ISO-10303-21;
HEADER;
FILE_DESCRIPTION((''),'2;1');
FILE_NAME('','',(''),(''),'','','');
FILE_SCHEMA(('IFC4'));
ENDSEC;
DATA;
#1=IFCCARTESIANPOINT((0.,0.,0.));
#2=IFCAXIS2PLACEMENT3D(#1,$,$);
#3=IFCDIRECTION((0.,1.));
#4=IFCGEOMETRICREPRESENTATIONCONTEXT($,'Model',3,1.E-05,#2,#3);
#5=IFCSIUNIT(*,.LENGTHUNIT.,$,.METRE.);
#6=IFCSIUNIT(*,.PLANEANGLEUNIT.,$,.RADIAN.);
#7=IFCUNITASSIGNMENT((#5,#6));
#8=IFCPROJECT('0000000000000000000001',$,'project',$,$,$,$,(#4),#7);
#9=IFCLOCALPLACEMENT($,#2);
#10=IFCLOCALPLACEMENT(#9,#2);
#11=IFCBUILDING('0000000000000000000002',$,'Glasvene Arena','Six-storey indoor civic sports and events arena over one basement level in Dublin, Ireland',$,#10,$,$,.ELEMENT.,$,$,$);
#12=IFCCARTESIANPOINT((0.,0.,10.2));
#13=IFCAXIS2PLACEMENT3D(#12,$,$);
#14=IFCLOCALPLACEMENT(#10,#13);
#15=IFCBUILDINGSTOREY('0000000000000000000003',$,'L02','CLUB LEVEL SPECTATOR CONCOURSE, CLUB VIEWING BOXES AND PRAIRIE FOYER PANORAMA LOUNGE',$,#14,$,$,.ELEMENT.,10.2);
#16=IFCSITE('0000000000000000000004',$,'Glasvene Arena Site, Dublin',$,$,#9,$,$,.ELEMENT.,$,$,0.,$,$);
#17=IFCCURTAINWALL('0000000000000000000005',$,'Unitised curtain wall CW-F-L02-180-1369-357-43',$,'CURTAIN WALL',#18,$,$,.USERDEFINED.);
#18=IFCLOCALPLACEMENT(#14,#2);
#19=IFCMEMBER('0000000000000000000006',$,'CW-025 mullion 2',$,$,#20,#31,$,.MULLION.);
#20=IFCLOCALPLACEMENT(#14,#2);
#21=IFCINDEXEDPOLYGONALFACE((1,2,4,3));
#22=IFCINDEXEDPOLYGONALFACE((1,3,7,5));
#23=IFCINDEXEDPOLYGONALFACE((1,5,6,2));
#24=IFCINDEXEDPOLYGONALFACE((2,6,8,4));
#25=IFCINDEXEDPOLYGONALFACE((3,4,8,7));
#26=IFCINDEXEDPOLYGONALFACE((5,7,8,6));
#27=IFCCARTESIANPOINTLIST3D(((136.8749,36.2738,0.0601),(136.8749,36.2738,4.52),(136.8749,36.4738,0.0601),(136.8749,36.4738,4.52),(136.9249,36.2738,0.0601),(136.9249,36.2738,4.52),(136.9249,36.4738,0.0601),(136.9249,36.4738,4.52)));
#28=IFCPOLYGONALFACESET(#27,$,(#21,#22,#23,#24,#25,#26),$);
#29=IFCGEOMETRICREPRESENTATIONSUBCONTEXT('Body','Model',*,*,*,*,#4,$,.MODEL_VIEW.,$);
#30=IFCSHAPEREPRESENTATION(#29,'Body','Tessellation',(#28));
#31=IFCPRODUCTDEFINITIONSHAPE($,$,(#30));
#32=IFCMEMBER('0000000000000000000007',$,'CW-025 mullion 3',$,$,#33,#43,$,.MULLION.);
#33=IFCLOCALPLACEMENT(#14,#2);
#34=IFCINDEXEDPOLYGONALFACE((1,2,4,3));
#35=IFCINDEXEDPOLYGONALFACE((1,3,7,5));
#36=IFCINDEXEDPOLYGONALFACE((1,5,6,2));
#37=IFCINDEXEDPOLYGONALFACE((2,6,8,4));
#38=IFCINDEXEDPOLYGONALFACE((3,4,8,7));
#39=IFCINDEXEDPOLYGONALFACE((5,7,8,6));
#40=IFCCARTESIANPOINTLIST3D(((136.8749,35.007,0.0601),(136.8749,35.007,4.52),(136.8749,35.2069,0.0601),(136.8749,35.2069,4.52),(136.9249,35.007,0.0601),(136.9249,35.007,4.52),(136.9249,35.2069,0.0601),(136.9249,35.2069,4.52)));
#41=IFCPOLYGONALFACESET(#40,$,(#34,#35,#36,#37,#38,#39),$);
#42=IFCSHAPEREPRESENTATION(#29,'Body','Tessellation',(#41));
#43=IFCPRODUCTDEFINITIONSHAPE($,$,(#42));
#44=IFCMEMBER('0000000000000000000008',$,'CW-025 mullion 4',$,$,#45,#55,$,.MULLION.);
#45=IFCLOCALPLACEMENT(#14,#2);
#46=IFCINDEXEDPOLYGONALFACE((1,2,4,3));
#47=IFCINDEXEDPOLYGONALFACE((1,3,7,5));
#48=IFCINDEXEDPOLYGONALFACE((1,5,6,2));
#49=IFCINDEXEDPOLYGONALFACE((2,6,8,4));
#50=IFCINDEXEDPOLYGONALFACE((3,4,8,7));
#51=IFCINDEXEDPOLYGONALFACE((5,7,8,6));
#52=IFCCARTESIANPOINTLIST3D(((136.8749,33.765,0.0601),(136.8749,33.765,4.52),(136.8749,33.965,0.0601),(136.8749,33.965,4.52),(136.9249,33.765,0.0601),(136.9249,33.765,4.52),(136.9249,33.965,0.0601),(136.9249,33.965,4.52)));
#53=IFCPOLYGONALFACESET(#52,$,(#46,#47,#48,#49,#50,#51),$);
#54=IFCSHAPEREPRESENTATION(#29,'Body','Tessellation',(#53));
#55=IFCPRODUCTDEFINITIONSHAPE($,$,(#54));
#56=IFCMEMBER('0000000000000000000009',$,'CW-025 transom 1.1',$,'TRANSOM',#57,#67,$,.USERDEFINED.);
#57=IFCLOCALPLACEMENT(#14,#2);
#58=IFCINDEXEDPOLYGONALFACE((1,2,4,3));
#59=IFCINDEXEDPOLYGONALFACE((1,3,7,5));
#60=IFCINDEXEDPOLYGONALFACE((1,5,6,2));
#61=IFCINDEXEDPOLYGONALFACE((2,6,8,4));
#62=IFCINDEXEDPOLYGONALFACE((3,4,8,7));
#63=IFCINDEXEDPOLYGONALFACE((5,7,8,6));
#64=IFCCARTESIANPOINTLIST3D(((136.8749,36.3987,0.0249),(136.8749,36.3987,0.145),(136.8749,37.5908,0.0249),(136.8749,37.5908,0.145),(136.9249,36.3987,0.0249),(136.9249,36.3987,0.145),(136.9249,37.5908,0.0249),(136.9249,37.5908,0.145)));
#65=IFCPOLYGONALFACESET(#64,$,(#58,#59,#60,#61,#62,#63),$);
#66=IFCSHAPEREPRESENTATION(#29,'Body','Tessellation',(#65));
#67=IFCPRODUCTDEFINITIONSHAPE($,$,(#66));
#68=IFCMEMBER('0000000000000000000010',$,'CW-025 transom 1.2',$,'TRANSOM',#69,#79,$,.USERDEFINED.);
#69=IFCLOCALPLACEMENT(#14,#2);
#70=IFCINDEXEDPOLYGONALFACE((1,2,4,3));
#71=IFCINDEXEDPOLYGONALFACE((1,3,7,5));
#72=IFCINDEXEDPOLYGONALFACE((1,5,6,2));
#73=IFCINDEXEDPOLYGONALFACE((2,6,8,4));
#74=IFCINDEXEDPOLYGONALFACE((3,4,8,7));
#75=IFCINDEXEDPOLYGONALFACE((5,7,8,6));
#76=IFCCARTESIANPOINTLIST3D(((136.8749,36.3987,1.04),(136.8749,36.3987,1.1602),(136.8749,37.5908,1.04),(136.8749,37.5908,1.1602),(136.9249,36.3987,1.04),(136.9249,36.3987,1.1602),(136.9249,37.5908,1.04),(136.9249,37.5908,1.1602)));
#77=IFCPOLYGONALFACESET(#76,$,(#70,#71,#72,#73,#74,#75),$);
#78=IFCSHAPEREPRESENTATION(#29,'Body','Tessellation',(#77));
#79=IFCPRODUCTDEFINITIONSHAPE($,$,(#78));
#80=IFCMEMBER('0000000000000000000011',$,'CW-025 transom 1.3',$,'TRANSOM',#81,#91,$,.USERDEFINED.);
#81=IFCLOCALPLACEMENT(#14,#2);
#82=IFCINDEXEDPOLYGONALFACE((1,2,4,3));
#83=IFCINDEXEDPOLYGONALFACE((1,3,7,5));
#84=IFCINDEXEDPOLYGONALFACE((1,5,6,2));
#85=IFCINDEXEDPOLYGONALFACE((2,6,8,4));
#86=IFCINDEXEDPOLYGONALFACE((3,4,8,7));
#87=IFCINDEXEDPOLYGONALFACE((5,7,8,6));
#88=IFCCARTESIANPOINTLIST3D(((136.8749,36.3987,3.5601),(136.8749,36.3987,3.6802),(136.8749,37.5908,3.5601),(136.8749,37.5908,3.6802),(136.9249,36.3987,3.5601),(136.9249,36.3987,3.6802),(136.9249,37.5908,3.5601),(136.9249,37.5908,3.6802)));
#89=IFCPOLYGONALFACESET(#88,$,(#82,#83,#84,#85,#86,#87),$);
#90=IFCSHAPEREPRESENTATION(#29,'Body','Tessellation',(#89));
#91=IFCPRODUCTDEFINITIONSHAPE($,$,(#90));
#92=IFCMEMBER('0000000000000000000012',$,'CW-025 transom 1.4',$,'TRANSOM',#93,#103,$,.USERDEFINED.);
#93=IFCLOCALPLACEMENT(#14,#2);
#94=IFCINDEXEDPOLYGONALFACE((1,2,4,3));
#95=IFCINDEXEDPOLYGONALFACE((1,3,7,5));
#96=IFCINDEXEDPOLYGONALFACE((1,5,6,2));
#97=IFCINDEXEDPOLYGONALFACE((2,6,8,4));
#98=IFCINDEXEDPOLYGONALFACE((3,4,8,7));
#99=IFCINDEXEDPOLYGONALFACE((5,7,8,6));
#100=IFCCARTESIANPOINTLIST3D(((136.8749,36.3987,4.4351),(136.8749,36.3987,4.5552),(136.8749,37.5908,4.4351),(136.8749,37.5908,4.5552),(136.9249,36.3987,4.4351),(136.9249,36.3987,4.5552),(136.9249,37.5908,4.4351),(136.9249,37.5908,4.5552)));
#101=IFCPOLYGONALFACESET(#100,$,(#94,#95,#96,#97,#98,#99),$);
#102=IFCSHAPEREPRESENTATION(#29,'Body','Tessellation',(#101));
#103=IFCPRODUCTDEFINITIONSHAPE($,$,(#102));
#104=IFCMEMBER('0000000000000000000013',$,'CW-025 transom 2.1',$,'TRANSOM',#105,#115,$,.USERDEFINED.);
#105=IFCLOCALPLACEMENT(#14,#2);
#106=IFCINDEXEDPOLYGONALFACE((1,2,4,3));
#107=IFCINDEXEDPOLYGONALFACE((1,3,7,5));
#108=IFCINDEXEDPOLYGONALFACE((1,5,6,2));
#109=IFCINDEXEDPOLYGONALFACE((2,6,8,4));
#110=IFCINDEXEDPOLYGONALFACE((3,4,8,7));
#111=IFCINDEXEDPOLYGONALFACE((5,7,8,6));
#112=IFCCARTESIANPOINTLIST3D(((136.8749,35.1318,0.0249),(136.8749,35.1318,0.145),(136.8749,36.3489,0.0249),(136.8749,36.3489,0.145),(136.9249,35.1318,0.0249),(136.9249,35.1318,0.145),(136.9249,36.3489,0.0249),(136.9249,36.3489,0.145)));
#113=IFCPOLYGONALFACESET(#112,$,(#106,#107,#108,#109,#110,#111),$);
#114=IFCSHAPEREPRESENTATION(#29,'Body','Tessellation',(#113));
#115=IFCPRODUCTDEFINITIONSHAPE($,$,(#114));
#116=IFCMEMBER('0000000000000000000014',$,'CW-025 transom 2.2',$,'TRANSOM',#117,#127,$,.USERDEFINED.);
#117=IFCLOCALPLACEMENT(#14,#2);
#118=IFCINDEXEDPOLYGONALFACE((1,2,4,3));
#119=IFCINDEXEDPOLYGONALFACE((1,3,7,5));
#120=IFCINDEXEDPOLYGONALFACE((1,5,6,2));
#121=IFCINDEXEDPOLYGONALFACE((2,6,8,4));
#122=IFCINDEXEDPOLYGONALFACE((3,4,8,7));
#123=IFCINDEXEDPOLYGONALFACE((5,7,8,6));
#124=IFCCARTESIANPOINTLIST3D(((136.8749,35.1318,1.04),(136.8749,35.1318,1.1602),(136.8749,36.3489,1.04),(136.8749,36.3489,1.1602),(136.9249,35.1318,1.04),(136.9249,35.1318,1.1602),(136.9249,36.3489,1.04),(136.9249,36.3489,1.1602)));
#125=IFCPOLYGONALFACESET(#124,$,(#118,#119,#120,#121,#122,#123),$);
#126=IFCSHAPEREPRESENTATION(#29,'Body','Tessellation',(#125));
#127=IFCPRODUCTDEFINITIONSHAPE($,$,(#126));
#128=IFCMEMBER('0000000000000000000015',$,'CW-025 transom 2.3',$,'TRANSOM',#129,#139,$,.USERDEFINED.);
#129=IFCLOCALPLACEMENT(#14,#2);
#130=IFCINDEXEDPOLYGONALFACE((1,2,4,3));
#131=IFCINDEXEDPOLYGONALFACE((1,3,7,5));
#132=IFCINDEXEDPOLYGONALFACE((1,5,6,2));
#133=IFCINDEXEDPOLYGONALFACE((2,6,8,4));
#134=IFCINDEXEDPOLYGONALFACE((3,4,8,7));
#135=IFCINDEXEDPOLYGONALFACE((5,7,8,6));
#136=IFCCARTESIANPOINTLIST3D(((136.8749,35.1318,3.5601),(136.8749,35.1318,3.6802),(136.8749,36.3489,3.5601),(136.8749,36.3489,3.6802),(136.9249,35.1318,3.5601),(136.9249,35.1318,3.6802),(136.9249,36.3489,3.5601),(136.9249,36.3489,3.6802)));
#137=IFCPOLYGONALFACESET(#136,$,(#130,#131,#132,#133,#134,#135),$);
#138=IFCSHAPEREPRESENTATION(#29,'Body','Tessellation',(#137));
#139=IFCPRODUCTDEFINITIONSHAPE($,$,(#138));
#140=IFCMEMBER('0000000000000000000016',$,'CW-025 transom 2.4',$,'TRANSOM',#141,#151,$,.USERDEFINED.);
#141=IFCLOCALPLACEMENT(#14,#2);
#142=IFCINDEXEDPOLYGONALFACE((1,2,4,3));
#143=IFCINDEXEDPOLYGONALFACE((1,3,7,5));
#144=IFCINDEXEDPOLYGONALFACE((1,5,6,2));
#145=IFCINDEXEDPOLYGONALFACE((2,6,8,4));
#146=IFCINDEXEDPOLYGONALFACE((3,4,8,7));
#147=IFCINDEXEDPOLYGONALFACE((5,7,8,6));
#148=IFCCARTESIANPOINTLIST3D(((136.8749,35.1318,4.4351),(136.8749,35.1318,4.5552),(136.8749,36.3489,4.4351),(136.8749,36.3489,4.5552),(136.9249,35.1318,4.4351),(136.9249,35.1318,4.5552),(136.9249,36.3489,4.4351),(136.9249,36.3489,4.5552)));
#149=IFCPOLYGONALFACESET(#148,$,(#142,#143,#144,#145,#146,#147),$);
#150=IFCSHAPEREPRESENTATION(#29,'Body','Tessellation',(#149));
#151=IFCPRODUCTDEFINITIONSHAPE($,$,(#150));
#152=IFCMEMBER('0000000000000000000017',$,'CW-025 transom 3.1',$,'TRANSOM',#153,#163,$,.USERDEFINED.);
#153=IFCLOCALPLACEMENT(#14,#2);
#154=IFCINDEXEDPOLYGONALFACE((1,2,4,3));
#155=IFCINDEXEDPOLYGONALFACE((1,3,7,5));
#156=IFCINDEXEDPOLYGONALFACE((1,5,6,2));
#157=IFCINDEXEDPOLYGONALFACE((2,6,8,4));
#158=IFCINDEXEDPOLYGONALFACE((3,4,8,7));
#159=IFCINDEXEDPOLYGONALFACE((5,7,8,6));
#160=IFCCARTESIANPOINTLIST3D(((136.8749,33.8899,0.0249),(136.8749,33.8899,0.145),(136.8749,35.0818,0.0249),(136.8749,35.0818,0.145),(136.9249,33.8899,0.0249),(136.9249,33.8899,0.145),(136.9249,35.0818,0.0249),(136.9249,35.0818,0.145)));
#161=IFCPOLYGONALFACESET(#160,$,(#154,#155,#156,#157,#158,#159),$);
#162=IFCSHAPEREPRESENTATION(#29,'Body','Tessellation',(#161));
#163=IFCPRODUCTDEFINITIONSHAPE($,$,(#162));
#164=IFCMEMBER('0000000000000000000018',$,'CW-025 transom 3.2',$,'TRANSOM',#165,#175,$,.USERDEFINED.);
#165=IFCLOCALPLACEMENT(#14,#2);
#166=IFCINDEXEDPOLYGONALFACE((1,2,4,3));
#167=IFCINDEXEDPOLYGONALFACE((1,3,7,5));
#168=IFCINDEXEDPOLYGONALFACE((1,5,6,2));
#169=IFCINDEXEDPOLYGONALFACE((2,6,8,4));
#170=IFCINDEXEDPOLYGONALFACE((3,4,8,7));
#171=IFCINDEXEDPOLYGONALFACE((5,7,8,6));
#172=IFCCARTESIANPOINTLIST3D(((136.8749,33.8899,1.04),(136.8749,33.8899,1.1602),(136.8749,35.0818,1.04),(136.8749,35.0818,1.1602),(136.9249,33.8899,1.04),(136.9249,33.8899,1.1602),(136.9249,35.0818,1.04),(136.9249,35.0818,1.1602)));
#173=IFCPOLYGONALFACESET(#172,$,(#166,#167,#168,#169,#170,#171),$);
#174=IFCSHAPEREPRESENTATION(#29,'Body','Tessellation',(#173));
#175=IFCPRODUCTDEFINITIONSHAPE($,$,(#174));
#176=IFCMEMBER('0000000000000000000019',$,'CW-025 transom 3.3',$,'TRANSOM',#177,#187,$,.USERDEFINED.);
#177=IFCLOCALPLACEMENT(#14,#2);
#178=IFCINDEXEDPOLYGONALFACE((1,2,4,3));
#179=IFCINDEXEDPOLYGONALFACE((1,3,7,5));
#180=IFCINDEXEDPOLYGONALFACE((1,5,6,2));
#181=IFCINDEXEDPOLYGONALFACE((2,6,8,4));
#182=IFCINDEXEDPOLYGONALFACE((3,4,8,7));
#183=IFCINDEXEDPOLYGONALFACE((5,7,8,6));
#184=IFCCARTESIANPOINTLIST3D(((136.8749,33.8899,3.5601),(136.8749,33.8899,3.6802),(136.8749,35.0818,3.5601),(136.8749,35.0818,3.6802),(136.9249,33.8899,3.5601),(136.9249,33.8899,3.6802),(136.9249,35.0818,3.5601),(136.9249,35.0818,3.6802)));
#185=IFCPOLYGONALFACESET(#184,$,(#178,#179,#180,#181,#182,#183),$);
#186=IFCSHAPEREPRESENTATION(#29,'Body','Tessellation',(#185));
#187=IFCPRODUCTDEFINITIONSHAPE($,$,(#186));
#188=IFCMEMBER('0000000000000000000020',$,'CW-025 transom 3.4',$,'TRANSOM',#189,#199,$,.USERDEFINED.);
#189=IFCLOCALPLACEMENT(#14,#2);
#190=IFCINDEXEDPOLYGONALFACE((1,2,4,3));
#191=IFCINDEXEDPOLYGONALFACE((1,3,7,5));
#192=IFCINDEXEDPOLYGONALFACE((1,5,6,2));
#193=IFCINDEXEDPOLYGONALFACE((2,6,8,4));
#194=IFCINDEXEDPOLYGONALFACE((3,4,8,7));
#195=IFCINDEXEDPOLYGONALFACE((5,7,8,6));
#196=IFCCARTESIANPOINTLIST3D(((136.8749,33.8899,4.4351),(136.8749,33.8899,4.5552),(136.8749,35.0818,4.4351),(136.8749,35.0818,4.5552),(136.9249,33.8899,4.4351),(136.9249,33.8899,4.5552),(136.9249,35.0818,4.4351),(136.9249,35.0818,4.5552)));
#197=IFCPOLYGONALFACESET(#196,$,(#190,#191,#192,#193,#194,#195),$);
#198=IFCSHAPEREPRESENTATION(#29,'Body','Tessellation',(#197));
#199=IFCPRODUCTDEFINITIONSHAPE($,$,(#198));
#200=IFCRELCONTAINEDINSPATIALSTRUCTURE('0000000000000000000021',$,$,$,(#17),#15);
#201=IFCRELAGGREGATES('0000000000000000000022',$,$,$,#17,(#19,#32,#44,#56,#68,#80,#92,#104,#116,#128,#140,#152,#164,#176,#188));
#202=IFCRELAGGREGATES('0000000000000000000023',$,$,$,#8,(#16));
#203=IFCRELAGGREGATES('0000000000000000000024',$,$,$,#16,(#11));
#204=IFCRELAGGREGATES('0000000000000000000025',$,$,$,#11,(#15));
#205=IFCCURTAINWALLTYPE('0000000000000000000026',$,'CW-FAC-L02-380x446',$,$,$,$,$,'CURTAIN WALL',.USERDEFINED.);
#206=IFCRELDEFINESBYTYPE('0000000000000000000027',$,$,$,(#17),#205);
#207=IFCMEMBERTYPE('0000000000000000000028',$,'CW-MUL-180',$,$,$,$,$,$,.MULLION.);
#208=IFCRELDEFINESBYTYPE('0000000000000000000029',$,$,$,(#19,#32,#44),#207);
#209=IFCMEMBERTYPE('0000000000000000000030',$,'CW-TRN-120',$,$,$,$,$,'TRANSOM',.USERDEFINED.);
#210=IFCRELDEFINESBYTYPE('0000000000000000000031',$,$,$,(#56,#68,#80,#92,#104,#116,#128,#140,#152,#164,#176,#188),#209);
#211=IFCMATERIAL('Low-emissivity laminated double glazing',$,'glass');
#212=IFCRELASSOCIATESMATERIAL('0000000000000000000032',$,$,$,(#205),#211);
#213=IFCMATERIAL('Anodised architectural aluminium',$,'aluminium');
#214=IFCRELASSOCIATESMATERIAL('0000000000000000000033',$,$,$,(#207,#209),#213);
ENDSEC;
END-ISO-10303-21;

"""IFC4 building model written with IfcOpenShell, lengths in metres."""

from ifc_helpers import new_model, si_unit, direction, frame, origin, origin_2d, place, context, subcontext, project, spatial, rectangle, extrude, material, material_profile, profile_set, type_object, element, aggregate, save


model = new_model("IFC4")

# Units and contexts
model_context = context("Model", 3, precision=1e-05, world=origin(), true_north=direction((0.0, 1.0)))
body_context = subcontext(model_context, "Body", "Model", "MODEL_VIEW")
ifc_project = project(units=[si_unit("LENGTHUNIT", "METRE"), si_unit("PLANEANGLEUNIT", "RADIAN")], contexts=[model_context])

# Site, building, storey
site_placement = place(None, origin())
site = spatial("IfcSite", under=ifc_project, at=site_placement, Name="Glasvene Arena Site, Dublin", CompositionType="ELEMENT", RefElevation=0.0)
building_placement = place(site_placement, origin())
building = spatial("IfcBuilding", under=site, at=building_placement, Name="Glasvene Arena", Description="Six-storey indoor civic sports and events arena over one basement level in Dublin, Ireland", CompositionType="ELEMENT")
storey_placement = place(building_placement, frame((0.0, 0.0, 10.2)))
storey = spatial("IfcBuildingStorey", under=building, at=storey_placement, Name="L02", Description="CLUB LEVEL SPECTATOR CONCOURSE, CLUB VIEWING BOXES AND PRAIRIE FOYER PANORAMA LOUNGE", CompositionType="ELEMENT", Elevation=10.2)

# Curtain wall, members
ifc_material_1 = material(Name="Low-emissivity laminated double glazing", Category="glass")
curtain_wall_type = type_object("IfcCurtainWallType", Name="CW-FAC-L02-380x446", ElementType="CURTAIN WALL", PredefinedType="USERDEFINED", material=ifc_material_1)
curtain_wall_placement = place(storey_placement, frame((136.8999, 37.6406, 0.0)))
curtain_wall = element("IfcCurtainWall", 1, at=curtain_wall_placement, inside=storey, type_object=curtain_wall_type, Name="Unitised curtain wall CW-F-L02-180-1369-357-43", ObjectType="CURTAIN WALL", PredefinedType="USERDEFINED")
ifc_material_2 = material(Name="Anodised architectural aluminium", Category="aluminium")
ifc_material_profile_1 = material_profile(ifc_material_2, rectangle(XDim=0.05, YDim=0.2, at=origin_2d()), Name="ALU MULLION 50x200")
ifc_profile_set_1 = profile_set([ifc_material_profile_1], Name="Anodised architectural aluminium")
member_type_1 = type_object("IfcMemberType", Name="CW-MUL-180", PredefinedType="MULLION", material=ifc_profile_set_1)
member_1_placement = place(storey_placement, frame((136.8999, 36.3738, 0.0601), z_axis=(0.0, 0.0, 1.0), x_axis=(1.0, 0.0, 0.0)))
member_1 = element("IfcMember", 2, at=member_1_placement, type_object=member_type_1, Name="CW-025 mullion 2", PredefinedType="MULLION", context=body_context, shape_type="SweptSolid", body=[
    extrude(rectangle(XDim=0.05, YDim=0.2, at=origin_2d()), origin(), (0.0, 0.0, 1.0), 4.46),
])
member_2_placement = place(storey_placement, frame((136.8999, 35.1069, 0.0601), z_axis=(0.0, 0.0, 1.0), x_axis=(1.0, 0.0, 0.0)))
member_2 = element("IfcMember", 3, at=member_2_placement, type_object=member_type_1, Name="CW-025 mullion 3", PredefinedType="MULLION", context=body_context, shape_type="SweptSolid", body=[
    extrude(rectangle(XDim=0.05, YDim=0.2, at=origin_2d()), origin(), (0.0, 0.0, 1.0), 4.46),
])
member_3_placement = place(storey_placement, frame((136.8999, 33.865, 0.0601), z_axis=(0.0, 0.0, 1.0), x_axis=(1.0, 0.0, 0.0)))
member_3 = element("IfcMember", 4, at=member_3_placement, type_object=member_type_1, Name="CW-025 mullion 4", PredefinedType="MULLION", context=body_context, shape_type="SweptSolid", body=[
    extrude(rectangle(XDim=0.05, YDim=0.2, at=origin_2d()), origin(), (0.0, 0.0, 1.0), 4.46),
])
ifc_material_profile_2 = material_profile(ifc_material_2, rectangle(XDim=0.05, YDim=0.1201, at=origin_2d()), Name="ALU TRANSOM 50x120")
ifc_profile_set_2 = profile_set([ifc_material_profile_2], Name="Anodised architectural aluminium")
member_type_2 = type_object("IfcMemberType", Name="CW-TRN-120", ElementType="TRANSOM", PredefinedType="USERDEFINED", material=ifc_profile_set_2)
member_4_placement = place(storey_placement, frame((136.8999, 37.5908, 0.085), z_axis=(0.0, -1.0, 0.0), x_axis=(1.0, 0.0, 0.0)))
member_4 = element("IfcMember", 5, at=member_4_placement, type_object=member_type_2, Name="CW-025 transom 1.1", ObjectType="TRANSOM", PredefinedType="USERDEFINED", context=body_context, shape_type="SweptSolid", body=[
    extrude(rectangle(XDim=0.05, YDim=0.1201, at=origin_2d()), origin(), (0.0, 0.0, 1.0), 1.1921),
])
member_5_placement = place(storey_placement, frame((136.8999, 37.5908, 1.1001), z_axis=(0.0, -1.0, 0.0), x_axis=(1.0, 0.0, 0.0)))
member_5 = element("IfcMember", 6, at=member_5_placement, type_object=member_type_2, Name="CW-025 transom 1.2", ObjectType="TRANSOM", PredefinedType="USERDEFINED", context=body_context, shape_type="SweptSolid", body=[
    extrude(rectangle(XDim=0.05, YDim=0.1201, at=origin_2d()), origin(), (0.0, 0.0, 1.0), 1.1921),
])
member_6_placement = place(storey_placement, frame((136.8999, 37.5908, 3.6201), z_axis=(0.0, -1.0, 0.0), x_axis=(1.0, 0.0, 0.0)))
member_6 = element("IfcMember", 7, at=member_6_placement, type_object=member_type_2, Name="CW-025 transom 1.3", ObjectType="TRANSOM", PredefinedType="USERDEFINED", context=body_context, shape_type="SweptSolid", body=[
    extrude(rectangle(XDim=0.05, YDim=0.1201, at=origin_2d()), origin(), (0.0, 0.0, 1.0), 1.1921),
])
member_7_placement = place(storey_placement, frame((136.8999, 37.5908, 4.4951), z_axis=(0.0, -1.0, 0.0), x_axis=(1.0, 0.0, 0.0)))
member_7 = element("IfcMember", 8, at=member_7_placement, type_object=member_type_2, Name="CW-025 transom 1.4", ObjectType="TRANSOM", PredefinedType="USERDEFINED", context=body_context, shape_type="SweptSolid", body=[
    extrude(rectangle(XDim=0.05, YDim=0.1201, at=origin_2d()), origin(), (0.0, 0.0, 1.0), 1.1921),
])
member_8_placement = place(storey_placement, frame((136.8999, 36.3489, 0.085), z_axis=(0.0, -1.0, 0.0), x_axis=(1.0, 0.0, 0.0)))
member_8 = element("IfcMember", 9, at=member_8_placement, type_object=member_type_2, Name="CW-025 transom 2.1", ObjectType="TRANSOM", PredefinedType="USERDEFINED", context=body_context, shape_type="SweptSolid", body=[
    extrude(rectangle(XDim=0.05, YDim=0.1201, at=origin_2d()), origin(), (0.0, 0.0, 1.0), 1.217),
])
member_9_placement = place(storey_placement, frame((136.8999, 36.3489, 1.1001), z_axis=(0.0, -1.0, 0.0), x_axis=(1.0, 0.0, 0.0)))
member_9 = element("IfcMember", 10, at=member_9_placement, type_object=member_type_2, Name="CW-025 transom 2.2", ObjectType="TRANSOM", PredefinedType="USERDEFINED", context=body_context, shape_type="SweptSolid", body=[
    extrude(rectangle(XDim=0.05, YDim=0.1201, at=origin_2d()), origin(), (0.0, 0.0, 1.0), 1.217),
])
member_10_placement = place(storey_placement, frame((136.8999, 36.3489, 3.6201), z_axis=(0.0, -1.0, 0.0), x_axis=(1.0, 0.0, 0.0)))
member_10 = element("IfcMember", 11, at=member_10_placement, type_object=member_type_2, Name="CW-025 transom 2.3", ObjectType="TRANSOM", PredefinedType="USERDEFINED", context=body_context, shape_type="SweptSolid", body=[
    extrude(rectangle(XDim=0.05, YDim=0.1201, at=origin_2d()), origin(), (0.0, 0.0, 1.0), 1.217),
])
member_11_placement = place(storey_placement, frame((136.8999, 36.3489, 4.4951), z_axis=(0.0, -1.0, 0.0), x_axis=(1.0, 0.0, 0.0)))
member_11 = element("IfcMember", 12, at=member_11_placement, type_object=member_type_2, Name="CW-025 transom 2.4", ObjectType="TRANSOM", PredefinedType="USERDEFINED", context=body_context, shape_type="SweptSolid", body=[
    extrude(rectangle(XDim=0.05, YDim=0.1201, at=origin_2d()), origin(), (0.0, 0.0, 1.0), 1.217),
])
member_12_placement = place(storey_placement, frame((136.8999, 35.0818, 0.085), z_axis=(0.0, -1.0, 0.0), x_axis=(1.0, 0.0, 0.0)))
member_12 = element("IfcMember", 13, at=member_12_placement, type_object=member_type_2, Name="CW-025 transom 3.1", ObjectType="TRANSOM", PredefinedType="USERDEFINED", context=body_context, shape_type="SweptSolid", body=[
    extrude(rectangle(XDim=0.05, YDim=0.1201, at=origin_2d()), origin(), (0.0, 0.0, 1.0), 1.1919),
])
member_13_placement = place(storey_placement, frame((136.8999, 35.0818, 1.1001), z_axis=(0.0, -1.0, 0.0), x_axis=(1.0, 0.0, 0.0)))
member_13 = element("IfcMember", 14, at=member_13_placement, type_object=member_type_2, Name="CW-025 transom 3.2", ObjectType="TRANSOM", PredefinedType="USERDEFINED", context=body_context, shape_type="SweptSolid", body=[
    extrude(rectangle(XDim=0.05, YDim=0.1201, at=origin_2d()), origin(), (0.0, 0.0, 1.0), 1.1919),
])
member_14_placement = place(storey_placement, frame((136.8999, 35.0818, 3.6201), z_axis=(0.0, -1.0, 0.0), x_axis=(1.0, 0.0, 0.0)))
member_14 = element("IfcMember", 15, at=member_14_placement, type_object=member_type_2, Name="CW-025 transom 3.3", ObjectType="TRANSOM", PredefinedType="USERDEFINED", context=body_context, shape_type="SweptSolid", body=[
    extrude(rectangle(XDim=0.05, YDim=0.1201, at=origin_2d()), origin(), (0.0, 0.0, 1.0), 1.1919),
])
member_15_placement = place(storey_placement, frame((136.8999, 35.0818, 4.4951), z_axis=(0.0, -1.0, 0.0), x_axis=(1.0, 0.0, 0.0)))
member_15 = element("IfcMember", 16, at=member_15_placement, type_object=member_type_2, Name="CW-025 transom 3.4", ObjectType="TRANSOM", PredefinedType="USERDEFINED", context=body_context, shape_type="SweptSolid", body=[
    extrude(rectangle(XDim=0.05, YDim=0.1201, at=origin_2d()), origin(), (0.0, 0.0, 1.0), 1.1919),
])
aggregate(curtain_wall, [member_1, member_2, member_3, member_4, member_5, member_6, member_7, member_8, member_9, member_10, member_11, member_12, member_13, member_14, member_15])

save(model, "model.ifc")
